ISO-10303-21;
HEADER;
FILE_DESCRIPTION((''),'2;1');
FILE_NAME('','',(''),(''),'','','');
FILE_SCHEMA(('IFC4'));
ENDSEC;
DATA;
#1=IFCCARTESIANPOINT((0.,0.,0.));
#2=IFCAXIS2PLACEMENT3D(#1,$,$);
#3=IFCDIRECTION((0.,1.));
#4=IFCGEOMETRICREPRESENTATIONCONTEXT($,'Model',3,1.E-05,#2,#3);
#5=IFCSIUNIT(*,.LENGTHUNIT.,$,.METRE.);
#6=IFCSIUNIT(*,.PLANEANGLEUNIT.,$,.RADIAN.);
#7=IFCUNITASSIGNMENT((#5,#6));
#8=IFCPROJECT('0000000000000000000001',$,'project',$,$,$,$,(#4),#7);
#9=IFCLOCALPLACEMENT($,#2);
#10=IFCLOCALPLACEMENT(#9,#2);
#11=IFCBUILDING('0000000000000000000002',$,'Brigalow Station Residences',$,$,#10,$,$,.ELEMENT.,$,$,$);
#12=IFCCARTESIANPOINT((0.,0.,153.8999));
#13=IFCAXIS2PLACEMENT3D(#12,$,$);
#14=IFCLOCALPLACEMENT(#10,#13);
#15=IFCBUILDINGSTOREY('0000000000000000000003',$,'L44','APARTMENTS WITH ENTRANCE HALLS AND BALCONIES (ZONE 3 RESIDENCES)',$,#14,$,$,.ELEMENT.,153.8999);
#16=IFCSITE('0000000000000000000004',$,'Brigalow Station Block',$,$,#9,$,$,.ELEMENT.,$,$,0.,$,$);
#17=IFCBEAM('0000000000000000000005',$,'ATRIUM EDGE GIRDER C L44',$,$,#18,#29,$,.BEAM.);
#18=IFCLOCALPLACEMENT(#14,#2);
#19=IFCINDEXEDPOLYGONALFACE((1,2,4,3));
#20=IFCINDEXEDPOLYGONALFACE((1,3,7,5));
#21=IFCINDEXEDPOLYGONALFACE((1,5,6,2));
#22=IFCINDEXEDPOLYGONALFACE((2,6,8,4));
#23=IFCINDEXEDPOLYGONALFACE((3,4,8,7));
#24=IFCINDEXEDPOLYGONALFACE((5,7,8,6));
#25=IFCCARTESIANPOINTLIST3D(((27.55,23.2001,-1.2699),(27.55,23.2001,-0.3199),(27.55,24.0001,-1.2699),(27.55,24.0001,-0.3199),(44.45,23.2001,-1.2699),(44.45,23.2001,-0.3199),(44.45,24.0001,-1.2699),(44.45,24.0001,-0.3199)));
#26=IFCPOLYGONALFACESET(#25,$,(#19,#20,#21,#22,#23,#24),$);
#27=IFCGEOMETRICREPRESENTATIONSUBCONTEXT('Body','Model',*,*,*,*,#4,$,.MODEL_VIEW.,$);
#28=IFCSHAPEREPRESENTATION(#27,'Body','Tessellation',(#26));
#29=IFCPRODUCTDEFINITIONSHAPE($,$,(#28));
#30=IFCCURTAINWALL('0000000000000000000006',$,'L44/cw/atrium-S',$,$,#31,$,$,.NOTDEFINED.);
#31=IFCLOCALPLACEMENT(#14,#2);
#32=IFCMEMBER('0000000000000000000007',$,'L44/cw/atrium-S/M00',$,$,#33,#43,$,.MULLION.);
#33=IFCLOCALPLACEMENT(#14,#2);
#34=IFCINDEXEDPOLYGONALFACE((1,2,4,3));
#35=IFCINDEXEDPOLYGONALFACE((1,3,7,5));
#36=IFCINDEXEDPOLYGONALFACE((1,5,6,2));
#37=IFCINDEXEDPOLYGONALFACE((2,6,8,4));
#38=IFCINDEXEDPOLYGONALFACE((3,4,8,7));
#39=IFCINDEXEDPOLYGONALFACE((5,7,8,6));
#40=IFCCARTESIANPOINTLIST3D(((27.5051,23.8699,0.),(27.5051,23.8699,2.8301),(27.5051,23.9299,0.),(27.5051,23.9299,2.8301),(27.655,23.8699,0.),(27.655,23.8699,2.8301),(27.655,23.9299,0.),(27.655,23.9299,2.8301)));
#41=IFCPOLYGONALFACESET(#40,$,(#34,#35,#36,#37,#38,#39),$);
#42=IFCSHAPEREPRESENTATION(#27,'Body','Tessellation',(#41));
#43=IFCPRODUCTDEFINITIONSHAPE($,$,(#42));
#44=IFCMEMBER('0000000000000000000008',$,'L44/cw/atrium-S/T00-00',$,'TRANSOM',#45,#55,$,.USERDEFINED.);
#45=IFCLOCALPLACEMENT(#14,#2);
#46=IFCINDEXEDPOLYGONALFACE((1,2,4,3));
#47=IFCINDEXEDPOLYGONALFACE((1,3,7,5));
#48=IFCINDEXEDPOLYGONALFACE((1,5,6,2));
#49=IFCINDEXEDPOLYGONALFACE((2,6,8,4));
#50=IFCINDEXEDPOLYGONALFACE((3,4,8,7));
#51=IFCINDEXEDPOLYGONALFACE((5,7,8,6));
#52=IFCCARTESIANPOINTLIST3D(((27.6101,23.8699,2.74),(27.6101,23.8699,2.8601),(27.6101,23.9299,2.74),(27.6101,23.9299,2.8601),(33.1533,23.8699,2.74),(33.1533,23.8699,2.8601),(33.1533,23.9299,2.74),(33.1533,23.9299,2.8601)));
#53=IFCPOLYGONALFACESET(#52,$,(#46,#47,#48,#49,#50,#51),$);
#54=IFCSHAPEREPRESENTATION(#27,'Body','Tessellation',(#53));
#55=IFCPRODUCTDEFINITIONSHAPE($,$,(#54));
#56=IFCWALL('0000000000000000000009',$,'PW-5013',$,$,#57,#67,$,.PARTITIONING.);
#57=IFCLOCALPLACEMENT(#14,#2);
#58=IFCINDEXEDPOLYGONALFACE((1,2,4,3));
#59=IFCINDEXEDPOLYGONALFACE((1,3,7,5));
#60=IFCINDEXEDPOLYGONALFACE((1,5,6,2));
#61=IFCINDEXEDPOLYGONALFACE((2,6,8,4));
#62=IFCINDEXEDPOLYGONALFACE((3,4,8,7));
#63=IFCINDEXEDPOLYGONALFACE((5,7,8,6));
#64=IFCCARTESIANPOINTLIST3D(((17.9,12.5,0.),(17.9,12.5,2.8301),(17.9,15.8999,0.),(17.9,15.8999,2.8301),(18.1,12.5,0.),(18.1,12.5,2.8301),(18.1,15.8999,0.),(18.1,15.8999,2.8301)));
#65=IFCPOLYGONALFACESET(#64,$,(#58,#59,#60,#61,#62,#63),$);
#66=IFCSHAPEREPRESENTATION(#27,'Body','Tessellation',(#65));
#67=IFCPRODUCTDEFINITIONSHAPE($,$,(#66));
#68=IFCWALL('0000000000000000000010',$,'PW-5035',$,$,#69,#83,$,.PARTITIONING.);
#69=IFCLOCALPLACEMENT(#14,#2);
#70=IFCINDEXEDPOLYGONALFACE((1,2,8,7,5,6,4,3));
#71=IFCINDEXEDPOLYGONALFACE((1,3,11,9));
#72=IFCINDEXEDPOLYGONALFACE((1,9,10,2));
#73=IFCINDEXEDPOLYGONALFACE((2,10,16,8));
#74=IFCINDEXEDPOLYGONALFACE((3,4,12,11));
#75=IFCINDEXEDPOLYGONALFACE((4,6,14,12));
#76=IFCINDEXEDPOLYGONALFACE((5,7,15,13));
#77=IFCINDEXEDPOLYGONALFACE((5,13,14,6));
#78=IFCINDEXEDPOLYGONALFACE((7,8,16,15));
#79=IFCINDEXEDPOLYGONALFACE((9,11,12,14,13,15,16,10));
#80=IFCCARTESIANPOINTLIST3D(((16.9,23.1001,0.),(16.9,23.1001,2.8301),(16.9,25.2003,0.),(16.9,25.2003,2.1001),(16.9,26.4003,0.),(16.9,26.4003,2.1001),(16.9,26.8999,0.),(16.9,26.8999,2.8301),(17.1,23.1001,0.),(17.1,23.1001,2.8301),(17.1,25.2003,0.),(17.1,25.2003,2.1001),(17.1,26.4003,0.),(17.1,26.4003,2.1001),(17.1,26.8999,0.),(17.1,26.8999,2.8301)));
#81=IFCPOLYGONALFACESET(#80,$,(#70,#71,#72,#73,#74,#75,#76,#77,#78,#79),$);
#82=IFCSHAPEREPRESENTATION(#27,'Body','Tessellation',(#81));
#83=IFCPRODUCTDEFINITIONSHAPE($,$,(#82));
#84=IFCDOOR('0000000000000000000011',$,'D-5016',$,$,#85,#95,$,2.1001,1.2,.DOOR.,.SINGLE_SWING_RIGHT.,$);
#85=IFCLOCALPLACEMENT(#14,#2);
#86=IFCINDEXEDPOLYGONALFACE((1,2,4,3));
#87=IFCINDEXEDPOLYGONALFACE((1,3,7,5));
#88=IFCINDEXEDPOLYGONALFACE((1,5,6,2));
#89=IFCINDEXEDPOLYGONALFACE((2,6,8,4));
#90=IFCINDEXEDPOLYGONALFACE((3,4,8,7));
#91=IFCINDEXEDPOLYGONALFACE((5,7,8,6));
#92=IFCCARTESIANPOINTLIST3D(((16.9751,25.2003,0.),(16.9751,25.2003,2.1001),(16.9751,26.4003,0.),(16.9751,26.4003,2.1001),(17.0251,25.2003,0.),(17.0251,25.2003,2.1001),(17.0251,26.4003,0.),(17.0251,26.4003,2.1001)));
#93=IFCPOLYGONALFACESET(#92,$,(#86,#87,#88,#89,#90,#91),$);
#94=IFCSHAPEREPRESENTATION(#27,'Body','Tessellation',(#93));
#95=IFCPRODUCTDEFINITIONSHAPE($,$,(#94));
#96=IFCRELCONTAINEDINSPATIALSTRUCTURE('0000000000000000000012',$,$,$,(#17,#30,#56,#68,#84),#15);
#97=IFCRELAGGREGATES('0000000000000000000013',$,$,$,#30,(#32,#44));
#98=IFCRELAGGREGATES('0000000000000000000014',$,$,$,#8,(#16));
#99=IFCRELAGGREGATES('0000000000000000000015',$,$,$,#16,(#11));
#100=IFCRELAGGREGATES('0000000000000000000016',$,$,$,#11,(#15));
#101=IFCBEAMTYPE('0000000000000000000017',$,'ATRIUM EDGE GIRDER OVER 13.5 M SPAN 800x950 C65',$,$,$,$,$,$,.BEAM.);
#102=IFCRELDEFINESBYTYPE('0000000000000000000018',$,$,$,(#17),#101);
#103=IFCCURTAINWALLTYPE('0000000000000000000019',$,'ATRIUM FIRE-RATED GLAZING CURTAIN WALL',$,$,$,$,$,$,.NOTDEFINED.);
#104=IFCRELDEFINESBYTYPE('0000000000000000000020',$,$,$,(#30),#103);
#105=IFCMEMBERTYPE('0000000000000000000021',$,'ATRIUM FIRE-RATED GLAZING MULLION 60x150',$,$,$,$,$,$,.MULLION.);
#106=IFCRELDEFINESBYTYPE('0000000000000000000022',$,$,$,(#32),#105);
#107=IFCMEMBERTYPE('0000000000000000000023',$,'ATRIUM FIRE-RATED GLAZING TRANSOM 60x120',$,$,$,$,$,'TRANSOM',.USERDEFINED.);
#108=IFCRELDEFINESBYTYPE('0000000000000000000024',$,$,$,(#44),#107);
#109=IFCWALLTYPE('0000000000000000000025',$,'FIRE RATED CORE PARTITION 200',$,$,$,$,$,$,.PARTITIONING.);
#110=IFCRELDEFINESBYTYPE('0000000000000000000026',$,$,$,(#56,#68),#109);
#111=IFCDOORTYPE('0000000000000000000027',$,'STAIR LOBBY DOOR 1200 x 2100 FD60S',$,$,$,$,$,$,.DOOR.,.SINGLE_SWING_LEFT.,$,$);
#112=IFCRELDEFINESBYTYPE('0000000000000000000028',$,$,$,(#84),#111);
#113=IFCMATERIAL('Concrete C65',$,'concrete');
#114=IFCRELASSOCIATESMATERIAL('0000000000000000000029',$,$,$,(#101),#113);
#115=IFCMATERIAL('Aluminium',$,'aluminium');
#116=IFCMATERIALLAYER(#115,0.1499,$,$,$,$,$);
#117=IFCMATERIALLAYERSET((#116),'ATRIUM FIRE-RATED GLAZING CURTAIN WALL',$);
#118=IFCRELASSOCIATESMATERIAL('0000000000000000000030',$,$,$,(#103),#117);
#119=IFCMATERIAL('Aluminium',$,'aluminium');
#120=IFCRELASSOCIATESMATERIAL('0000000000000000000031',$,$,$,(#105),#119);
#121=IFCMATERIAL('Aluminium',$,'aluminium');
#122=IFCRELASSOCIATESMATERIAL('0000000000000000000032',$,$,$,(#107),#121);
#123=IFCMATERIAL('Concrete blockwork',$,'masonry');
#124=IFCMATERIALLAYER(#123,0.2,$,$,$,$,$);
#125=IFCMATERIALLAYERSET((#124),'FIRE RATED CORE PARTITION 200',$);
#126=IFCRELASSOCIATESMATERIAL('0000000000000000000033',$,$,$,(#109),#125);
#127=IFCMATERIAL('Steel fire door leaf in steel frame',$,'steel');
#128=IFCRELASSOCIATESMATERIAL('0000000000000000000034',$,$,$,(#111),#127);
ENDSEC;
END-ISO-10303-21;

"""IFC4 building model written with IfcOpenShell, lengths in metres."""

from ifc_helpers import new_model, si_unit, direction, frame, frame_2d, origin, origin_2d, place, context, subcontext, project, spatial, rectangle, extrude, material, layer, layer_set, material_profile, profile_set, type_object, element, fill, aggregate, save


model = new_model("IFC4")

# Units and contexts
model_context = context("Model", 3, precision=1e-05, world=origin(), true_north=direction((0.0, 1.0)))
body_context = subcontext(model_context, "Body", "Model", "MODEL_VIEW")
ifc_project = project(units=[si_unit("LENGTHUNIT", "METRE"), si_unit("PLANEANGLEUNIT", "RADIAN")], contexts=[model_context])

# Site, building, storey
site_placement = place(None, origin())
site = spatial("IfcSite", under=ifc_project, at=site_placement, Name="Brigalow Station Block", CompositionType="ELEMENT", RefElevation=0.0)
building_placement = place(site_placement, origin())
building = spatial("IfcBuilding", under=site, at=building_placement, Name="Brigalow Station Residences", CompositionType="ELEMENT")
storey_placement = place(building_placement, frame((0.0, 0.0, 153.8999)))
storey = spatial("IfcBuildingStorey", under=building, at=storey_placement, Name="L44", Description="APARTMENTS WITH ENTRANCE HALLS AND BALCONIES (ZONE 3 RESIDENCES)", CompositionType="ELEMENT", Elevation=153.8999)

# Beam
ifc_material_1 = material(Name="Concrete C65", Category="concrete")
ifc_material_profile_1 = material_profile(ifc_material_1, rectangle(XDim=0.8, YDim=0.95, at=origin_2d()), Name="RC800x950")
ifc_profile_set_1 = profile_set([ifc_material_profile_1], Name="Concrete C65")
beam_type = type_object("IfcBeamType", Name="ATRIUM EDGE GIRDER OVER 13.5 M SPAN 800x950 C65", PredefinedType="BEAM", material=ifc_profile_set_1)
beam_placement = place(storey_placement, frame((27.55, 23.6001, -0.7949), z_axis=(1.0, 0.0, 0.0), x_axis=(0.0, 1.0, 0.0)))
element("IfcBeam", 1, at=beam_placement, inside=storey, type_object=beam_type, Name="ATRIUM EDGE GIRDER C L44", PredefinedType="BEAM", context=body_context, shape_type="SweptSolid", body=[
    extrude(rectangle(XDim=0.8, YDim=0.95, at=origin_2d()), origin(), (0.0, 0.0, 1.0), 16.8999),
])

# Curtain wall, members
ifc_material_2 = material(Name="Aluminium", Category="aluminium")
ifc_layer_1 = layer(ifc_material_2, 0.1499)
ifc_layer_set_1 = layer_set([ifc_layer_1], Name="ATRIUM FIRE-RATED GLAZING CURTAIN WALL")
curtain_wall_type = type_object("IfcCurtainWallType", Name="ATRIUM FIRE-RATED GLAZING CURTAIN WALL", PredefinedType="NOTDEFINED", material=ifc_layer_set_1)
curtain_wall_placement = place(storey_placement, origin())
curtain_wall = element("IfcCurtainWall", 2, at=curtain_wall_placement, inside=storey, type_object=curtain_wall_type, Name="L44/cw/atrium-S", PredefinedType="NOTDEFINED")
ifc_material_3 = material(Name="Aluminium", Category="aluminium")
ifc_material_profile_2 = material_profile(ifc_material_3, rectangle(XDim=0.0601, YDim=0.1499, at=origin_2d()), Name="ATRIUM FIRE-RATED GLAZING MULLION 60x150")
ifc_profile_set_2 = profile_set([ifc_material_profile_2], Name="Aluminium")
member_type_1 = type_object("IfcMemberType", Name="ATRIUM FIRE-RATED GLAZING MULLION 60x150", PredefinedType="MULLION", material=ifc_profile_set_2)
member_1_placement = place(storey_placement, frame((27.5801, 23.8999, 0.0), z_axis=(0.0, 0.0, 1.0), x_axis=(0.0, 1.0, 0.0)))
member_1 = element("IfcMember", 3, at=member_1_placement, type_object=member_type_1, Name="L44/cw/atrium-S/M00", PredefinedType="MULLION", context=body_context, shape_type="SweptSolid", body=[
    extrude(rectangle(XDim=0.0601, YDim=0.1499, at=origin_2d()), origin(), (0.0, 0.0, 1.0), 2.8301),
])
ifc_material_4 = material(Name="Aluminium", Category="aluminium")
ifc_material_profile_3 = material_profile(ifc_material_4, rectangle(XDim=0.0601, YDim=0.1201, at=origin_2d()), Name="ATRIUM FIRE-RATED GLAZING TRANSOM 60x120")
ifc_profile_set_3 = profile_set([ifc_material_profile_3], Name="Aluminium")
member_type_2 = type_object("IfcMemberType", Name="ATRIUM FIRE-RATED GLAZING TRANSOM 60x120", ElementType="TRANSOM", PredefinedType="USERDEFINED", material=ifc_profile_set_3)
member_2_placement = place(storey_placement, frame((27.6101, 23.8999, 2.8), z_axis=(1.0, 0.0, 0.0), x_axis=(0.0, 1.0, 0.0)))
member_2 = element("IfcMember", 4, at=member_2_placement, type_object=member_type_2, Name="L44/cw/atrium-S/T00-00", ObjectType="TRANSOM", PredefinedType="USERDEFINED", context=body_context, shape_type="SweptSolid", body=[
    extrude(rectangle(XDim=0.0601, YDim=0.1201, at=origin_2d()), origin(), (0.0, 0.0, 1.0), 5.5432),
])
aggregate(curtain_wall, [member_1, member_2])

# Wall
ifc_material_5 = material(Name="Concrete blockwork", Category="masonry")
ifc_layer_2 = layer(ifc_material_5, 0.2)
ifc_layer_set_2 = layer_set([ifc_layer_2], Name="FIRE RATED CORE PARTITION 200")
wall_type_1 = type_object("IfcWallType", Name="FIRE RATED CORE PARTITION 200", PredefinedType="PARTITIONING", material=ifc_layer_set_2)
wall_1_placement = place(storey_placement, frame((18.0, 12.5, 0.0), z_axis=(0.0, 0.0, 1.0), x_axis=(0.0, 1.0, 0.0)))
element("IfcWall", 5, at=wall_1_placement, inside=storey, type_object=wall_type_1, Name="PW-5013", PredefinedType="PARTITIONING", context=body_context, shape_type="SweptSolid", body=[
    extrude(rectangle(XDim=3.3999, YDim=0.2, at=frame_2d((1.7, 0.0))), origin(), (0.0, 0.0, 1.0), 2.8301),
])

# Wall, opening, door
wall_2_placement = place(storey_placement, frame((17.0, 23.1001, 0.0), z_axis=(0.0, 0.0, 1.0), x_axis=(0.0, 1.0, 0.0)))
wall_2 = element("IfcWall", 6, at=wall_2_placement, inside=storey, type_object=wall_type_1, Name="PW-5035", PredefinedType="PARTITIONING", context=body_context, shape_type="SweptSolid", body=[
    extrude(rectangle(XDim=3.7998, YDim=0.2, at=frame_2d((1.8999, 0.0))), origin(), (0.0, 0.0, 1.0), 2.8301),
])
opening_1_placement = place(wall_2_placement, frame((2.1001, 0.0, 0.0)))
opening_1 = element("IfcOpeningElement", 7, at=opening_1_placement, cuts=wall_2, PredefinedType="OPENING", context=body_context, shape_type="SweptSolid", body=[
    extrude(rectangle(XDim=1.2, YDim=2.1001, at=frame_2d((0.6001, 1.05))), frame((0.0, 0.1099, 0.0), z_axis=(0.0, -1.0, 0.0), x_axis=(1.0, 0.0, 0.0)), (0.0, 0.0, 1.0), 0.22),
])
ifc_material_6 = material(Name="Steel fire door leaf in steel frame", Category="steel")
door_type_1 = type_object("IfcDoorType", Name="STAIR LOBBY DOOR 1200 x 2100 FD60S", OperationType="SINGLE_SWING_LEFT", PredefinedType="DOOR", material=ifc_material_6)
door_1_placement = place(opening_1_placement, origin())
door_1 = element("IfcDoor", 8, at=door_1_placement, inside=storey, type_object=door_type_1, Name="D-5016", OperationType="SINGLE_SWING_RIGHT", OverallHeight=2.1001, OverallWidth=1.2, PredefinedType="DOOR", context=body_context, shape_type="SweptSolid", body=[
    extrude(rectangle(XDim=1.2, YDim=2.1001, at=frame_2d((0.6001, 1.05))), frame((0.0, 0.0249, 0.0), z_axis=(0.0, -1.0, 0.0), x_axis=(1.0, 0.0, 0.0)), (0.0, 0.0, 1.0), 0.05),
])
fill(opening_1, door_1)

save(model, "model.ifc")
